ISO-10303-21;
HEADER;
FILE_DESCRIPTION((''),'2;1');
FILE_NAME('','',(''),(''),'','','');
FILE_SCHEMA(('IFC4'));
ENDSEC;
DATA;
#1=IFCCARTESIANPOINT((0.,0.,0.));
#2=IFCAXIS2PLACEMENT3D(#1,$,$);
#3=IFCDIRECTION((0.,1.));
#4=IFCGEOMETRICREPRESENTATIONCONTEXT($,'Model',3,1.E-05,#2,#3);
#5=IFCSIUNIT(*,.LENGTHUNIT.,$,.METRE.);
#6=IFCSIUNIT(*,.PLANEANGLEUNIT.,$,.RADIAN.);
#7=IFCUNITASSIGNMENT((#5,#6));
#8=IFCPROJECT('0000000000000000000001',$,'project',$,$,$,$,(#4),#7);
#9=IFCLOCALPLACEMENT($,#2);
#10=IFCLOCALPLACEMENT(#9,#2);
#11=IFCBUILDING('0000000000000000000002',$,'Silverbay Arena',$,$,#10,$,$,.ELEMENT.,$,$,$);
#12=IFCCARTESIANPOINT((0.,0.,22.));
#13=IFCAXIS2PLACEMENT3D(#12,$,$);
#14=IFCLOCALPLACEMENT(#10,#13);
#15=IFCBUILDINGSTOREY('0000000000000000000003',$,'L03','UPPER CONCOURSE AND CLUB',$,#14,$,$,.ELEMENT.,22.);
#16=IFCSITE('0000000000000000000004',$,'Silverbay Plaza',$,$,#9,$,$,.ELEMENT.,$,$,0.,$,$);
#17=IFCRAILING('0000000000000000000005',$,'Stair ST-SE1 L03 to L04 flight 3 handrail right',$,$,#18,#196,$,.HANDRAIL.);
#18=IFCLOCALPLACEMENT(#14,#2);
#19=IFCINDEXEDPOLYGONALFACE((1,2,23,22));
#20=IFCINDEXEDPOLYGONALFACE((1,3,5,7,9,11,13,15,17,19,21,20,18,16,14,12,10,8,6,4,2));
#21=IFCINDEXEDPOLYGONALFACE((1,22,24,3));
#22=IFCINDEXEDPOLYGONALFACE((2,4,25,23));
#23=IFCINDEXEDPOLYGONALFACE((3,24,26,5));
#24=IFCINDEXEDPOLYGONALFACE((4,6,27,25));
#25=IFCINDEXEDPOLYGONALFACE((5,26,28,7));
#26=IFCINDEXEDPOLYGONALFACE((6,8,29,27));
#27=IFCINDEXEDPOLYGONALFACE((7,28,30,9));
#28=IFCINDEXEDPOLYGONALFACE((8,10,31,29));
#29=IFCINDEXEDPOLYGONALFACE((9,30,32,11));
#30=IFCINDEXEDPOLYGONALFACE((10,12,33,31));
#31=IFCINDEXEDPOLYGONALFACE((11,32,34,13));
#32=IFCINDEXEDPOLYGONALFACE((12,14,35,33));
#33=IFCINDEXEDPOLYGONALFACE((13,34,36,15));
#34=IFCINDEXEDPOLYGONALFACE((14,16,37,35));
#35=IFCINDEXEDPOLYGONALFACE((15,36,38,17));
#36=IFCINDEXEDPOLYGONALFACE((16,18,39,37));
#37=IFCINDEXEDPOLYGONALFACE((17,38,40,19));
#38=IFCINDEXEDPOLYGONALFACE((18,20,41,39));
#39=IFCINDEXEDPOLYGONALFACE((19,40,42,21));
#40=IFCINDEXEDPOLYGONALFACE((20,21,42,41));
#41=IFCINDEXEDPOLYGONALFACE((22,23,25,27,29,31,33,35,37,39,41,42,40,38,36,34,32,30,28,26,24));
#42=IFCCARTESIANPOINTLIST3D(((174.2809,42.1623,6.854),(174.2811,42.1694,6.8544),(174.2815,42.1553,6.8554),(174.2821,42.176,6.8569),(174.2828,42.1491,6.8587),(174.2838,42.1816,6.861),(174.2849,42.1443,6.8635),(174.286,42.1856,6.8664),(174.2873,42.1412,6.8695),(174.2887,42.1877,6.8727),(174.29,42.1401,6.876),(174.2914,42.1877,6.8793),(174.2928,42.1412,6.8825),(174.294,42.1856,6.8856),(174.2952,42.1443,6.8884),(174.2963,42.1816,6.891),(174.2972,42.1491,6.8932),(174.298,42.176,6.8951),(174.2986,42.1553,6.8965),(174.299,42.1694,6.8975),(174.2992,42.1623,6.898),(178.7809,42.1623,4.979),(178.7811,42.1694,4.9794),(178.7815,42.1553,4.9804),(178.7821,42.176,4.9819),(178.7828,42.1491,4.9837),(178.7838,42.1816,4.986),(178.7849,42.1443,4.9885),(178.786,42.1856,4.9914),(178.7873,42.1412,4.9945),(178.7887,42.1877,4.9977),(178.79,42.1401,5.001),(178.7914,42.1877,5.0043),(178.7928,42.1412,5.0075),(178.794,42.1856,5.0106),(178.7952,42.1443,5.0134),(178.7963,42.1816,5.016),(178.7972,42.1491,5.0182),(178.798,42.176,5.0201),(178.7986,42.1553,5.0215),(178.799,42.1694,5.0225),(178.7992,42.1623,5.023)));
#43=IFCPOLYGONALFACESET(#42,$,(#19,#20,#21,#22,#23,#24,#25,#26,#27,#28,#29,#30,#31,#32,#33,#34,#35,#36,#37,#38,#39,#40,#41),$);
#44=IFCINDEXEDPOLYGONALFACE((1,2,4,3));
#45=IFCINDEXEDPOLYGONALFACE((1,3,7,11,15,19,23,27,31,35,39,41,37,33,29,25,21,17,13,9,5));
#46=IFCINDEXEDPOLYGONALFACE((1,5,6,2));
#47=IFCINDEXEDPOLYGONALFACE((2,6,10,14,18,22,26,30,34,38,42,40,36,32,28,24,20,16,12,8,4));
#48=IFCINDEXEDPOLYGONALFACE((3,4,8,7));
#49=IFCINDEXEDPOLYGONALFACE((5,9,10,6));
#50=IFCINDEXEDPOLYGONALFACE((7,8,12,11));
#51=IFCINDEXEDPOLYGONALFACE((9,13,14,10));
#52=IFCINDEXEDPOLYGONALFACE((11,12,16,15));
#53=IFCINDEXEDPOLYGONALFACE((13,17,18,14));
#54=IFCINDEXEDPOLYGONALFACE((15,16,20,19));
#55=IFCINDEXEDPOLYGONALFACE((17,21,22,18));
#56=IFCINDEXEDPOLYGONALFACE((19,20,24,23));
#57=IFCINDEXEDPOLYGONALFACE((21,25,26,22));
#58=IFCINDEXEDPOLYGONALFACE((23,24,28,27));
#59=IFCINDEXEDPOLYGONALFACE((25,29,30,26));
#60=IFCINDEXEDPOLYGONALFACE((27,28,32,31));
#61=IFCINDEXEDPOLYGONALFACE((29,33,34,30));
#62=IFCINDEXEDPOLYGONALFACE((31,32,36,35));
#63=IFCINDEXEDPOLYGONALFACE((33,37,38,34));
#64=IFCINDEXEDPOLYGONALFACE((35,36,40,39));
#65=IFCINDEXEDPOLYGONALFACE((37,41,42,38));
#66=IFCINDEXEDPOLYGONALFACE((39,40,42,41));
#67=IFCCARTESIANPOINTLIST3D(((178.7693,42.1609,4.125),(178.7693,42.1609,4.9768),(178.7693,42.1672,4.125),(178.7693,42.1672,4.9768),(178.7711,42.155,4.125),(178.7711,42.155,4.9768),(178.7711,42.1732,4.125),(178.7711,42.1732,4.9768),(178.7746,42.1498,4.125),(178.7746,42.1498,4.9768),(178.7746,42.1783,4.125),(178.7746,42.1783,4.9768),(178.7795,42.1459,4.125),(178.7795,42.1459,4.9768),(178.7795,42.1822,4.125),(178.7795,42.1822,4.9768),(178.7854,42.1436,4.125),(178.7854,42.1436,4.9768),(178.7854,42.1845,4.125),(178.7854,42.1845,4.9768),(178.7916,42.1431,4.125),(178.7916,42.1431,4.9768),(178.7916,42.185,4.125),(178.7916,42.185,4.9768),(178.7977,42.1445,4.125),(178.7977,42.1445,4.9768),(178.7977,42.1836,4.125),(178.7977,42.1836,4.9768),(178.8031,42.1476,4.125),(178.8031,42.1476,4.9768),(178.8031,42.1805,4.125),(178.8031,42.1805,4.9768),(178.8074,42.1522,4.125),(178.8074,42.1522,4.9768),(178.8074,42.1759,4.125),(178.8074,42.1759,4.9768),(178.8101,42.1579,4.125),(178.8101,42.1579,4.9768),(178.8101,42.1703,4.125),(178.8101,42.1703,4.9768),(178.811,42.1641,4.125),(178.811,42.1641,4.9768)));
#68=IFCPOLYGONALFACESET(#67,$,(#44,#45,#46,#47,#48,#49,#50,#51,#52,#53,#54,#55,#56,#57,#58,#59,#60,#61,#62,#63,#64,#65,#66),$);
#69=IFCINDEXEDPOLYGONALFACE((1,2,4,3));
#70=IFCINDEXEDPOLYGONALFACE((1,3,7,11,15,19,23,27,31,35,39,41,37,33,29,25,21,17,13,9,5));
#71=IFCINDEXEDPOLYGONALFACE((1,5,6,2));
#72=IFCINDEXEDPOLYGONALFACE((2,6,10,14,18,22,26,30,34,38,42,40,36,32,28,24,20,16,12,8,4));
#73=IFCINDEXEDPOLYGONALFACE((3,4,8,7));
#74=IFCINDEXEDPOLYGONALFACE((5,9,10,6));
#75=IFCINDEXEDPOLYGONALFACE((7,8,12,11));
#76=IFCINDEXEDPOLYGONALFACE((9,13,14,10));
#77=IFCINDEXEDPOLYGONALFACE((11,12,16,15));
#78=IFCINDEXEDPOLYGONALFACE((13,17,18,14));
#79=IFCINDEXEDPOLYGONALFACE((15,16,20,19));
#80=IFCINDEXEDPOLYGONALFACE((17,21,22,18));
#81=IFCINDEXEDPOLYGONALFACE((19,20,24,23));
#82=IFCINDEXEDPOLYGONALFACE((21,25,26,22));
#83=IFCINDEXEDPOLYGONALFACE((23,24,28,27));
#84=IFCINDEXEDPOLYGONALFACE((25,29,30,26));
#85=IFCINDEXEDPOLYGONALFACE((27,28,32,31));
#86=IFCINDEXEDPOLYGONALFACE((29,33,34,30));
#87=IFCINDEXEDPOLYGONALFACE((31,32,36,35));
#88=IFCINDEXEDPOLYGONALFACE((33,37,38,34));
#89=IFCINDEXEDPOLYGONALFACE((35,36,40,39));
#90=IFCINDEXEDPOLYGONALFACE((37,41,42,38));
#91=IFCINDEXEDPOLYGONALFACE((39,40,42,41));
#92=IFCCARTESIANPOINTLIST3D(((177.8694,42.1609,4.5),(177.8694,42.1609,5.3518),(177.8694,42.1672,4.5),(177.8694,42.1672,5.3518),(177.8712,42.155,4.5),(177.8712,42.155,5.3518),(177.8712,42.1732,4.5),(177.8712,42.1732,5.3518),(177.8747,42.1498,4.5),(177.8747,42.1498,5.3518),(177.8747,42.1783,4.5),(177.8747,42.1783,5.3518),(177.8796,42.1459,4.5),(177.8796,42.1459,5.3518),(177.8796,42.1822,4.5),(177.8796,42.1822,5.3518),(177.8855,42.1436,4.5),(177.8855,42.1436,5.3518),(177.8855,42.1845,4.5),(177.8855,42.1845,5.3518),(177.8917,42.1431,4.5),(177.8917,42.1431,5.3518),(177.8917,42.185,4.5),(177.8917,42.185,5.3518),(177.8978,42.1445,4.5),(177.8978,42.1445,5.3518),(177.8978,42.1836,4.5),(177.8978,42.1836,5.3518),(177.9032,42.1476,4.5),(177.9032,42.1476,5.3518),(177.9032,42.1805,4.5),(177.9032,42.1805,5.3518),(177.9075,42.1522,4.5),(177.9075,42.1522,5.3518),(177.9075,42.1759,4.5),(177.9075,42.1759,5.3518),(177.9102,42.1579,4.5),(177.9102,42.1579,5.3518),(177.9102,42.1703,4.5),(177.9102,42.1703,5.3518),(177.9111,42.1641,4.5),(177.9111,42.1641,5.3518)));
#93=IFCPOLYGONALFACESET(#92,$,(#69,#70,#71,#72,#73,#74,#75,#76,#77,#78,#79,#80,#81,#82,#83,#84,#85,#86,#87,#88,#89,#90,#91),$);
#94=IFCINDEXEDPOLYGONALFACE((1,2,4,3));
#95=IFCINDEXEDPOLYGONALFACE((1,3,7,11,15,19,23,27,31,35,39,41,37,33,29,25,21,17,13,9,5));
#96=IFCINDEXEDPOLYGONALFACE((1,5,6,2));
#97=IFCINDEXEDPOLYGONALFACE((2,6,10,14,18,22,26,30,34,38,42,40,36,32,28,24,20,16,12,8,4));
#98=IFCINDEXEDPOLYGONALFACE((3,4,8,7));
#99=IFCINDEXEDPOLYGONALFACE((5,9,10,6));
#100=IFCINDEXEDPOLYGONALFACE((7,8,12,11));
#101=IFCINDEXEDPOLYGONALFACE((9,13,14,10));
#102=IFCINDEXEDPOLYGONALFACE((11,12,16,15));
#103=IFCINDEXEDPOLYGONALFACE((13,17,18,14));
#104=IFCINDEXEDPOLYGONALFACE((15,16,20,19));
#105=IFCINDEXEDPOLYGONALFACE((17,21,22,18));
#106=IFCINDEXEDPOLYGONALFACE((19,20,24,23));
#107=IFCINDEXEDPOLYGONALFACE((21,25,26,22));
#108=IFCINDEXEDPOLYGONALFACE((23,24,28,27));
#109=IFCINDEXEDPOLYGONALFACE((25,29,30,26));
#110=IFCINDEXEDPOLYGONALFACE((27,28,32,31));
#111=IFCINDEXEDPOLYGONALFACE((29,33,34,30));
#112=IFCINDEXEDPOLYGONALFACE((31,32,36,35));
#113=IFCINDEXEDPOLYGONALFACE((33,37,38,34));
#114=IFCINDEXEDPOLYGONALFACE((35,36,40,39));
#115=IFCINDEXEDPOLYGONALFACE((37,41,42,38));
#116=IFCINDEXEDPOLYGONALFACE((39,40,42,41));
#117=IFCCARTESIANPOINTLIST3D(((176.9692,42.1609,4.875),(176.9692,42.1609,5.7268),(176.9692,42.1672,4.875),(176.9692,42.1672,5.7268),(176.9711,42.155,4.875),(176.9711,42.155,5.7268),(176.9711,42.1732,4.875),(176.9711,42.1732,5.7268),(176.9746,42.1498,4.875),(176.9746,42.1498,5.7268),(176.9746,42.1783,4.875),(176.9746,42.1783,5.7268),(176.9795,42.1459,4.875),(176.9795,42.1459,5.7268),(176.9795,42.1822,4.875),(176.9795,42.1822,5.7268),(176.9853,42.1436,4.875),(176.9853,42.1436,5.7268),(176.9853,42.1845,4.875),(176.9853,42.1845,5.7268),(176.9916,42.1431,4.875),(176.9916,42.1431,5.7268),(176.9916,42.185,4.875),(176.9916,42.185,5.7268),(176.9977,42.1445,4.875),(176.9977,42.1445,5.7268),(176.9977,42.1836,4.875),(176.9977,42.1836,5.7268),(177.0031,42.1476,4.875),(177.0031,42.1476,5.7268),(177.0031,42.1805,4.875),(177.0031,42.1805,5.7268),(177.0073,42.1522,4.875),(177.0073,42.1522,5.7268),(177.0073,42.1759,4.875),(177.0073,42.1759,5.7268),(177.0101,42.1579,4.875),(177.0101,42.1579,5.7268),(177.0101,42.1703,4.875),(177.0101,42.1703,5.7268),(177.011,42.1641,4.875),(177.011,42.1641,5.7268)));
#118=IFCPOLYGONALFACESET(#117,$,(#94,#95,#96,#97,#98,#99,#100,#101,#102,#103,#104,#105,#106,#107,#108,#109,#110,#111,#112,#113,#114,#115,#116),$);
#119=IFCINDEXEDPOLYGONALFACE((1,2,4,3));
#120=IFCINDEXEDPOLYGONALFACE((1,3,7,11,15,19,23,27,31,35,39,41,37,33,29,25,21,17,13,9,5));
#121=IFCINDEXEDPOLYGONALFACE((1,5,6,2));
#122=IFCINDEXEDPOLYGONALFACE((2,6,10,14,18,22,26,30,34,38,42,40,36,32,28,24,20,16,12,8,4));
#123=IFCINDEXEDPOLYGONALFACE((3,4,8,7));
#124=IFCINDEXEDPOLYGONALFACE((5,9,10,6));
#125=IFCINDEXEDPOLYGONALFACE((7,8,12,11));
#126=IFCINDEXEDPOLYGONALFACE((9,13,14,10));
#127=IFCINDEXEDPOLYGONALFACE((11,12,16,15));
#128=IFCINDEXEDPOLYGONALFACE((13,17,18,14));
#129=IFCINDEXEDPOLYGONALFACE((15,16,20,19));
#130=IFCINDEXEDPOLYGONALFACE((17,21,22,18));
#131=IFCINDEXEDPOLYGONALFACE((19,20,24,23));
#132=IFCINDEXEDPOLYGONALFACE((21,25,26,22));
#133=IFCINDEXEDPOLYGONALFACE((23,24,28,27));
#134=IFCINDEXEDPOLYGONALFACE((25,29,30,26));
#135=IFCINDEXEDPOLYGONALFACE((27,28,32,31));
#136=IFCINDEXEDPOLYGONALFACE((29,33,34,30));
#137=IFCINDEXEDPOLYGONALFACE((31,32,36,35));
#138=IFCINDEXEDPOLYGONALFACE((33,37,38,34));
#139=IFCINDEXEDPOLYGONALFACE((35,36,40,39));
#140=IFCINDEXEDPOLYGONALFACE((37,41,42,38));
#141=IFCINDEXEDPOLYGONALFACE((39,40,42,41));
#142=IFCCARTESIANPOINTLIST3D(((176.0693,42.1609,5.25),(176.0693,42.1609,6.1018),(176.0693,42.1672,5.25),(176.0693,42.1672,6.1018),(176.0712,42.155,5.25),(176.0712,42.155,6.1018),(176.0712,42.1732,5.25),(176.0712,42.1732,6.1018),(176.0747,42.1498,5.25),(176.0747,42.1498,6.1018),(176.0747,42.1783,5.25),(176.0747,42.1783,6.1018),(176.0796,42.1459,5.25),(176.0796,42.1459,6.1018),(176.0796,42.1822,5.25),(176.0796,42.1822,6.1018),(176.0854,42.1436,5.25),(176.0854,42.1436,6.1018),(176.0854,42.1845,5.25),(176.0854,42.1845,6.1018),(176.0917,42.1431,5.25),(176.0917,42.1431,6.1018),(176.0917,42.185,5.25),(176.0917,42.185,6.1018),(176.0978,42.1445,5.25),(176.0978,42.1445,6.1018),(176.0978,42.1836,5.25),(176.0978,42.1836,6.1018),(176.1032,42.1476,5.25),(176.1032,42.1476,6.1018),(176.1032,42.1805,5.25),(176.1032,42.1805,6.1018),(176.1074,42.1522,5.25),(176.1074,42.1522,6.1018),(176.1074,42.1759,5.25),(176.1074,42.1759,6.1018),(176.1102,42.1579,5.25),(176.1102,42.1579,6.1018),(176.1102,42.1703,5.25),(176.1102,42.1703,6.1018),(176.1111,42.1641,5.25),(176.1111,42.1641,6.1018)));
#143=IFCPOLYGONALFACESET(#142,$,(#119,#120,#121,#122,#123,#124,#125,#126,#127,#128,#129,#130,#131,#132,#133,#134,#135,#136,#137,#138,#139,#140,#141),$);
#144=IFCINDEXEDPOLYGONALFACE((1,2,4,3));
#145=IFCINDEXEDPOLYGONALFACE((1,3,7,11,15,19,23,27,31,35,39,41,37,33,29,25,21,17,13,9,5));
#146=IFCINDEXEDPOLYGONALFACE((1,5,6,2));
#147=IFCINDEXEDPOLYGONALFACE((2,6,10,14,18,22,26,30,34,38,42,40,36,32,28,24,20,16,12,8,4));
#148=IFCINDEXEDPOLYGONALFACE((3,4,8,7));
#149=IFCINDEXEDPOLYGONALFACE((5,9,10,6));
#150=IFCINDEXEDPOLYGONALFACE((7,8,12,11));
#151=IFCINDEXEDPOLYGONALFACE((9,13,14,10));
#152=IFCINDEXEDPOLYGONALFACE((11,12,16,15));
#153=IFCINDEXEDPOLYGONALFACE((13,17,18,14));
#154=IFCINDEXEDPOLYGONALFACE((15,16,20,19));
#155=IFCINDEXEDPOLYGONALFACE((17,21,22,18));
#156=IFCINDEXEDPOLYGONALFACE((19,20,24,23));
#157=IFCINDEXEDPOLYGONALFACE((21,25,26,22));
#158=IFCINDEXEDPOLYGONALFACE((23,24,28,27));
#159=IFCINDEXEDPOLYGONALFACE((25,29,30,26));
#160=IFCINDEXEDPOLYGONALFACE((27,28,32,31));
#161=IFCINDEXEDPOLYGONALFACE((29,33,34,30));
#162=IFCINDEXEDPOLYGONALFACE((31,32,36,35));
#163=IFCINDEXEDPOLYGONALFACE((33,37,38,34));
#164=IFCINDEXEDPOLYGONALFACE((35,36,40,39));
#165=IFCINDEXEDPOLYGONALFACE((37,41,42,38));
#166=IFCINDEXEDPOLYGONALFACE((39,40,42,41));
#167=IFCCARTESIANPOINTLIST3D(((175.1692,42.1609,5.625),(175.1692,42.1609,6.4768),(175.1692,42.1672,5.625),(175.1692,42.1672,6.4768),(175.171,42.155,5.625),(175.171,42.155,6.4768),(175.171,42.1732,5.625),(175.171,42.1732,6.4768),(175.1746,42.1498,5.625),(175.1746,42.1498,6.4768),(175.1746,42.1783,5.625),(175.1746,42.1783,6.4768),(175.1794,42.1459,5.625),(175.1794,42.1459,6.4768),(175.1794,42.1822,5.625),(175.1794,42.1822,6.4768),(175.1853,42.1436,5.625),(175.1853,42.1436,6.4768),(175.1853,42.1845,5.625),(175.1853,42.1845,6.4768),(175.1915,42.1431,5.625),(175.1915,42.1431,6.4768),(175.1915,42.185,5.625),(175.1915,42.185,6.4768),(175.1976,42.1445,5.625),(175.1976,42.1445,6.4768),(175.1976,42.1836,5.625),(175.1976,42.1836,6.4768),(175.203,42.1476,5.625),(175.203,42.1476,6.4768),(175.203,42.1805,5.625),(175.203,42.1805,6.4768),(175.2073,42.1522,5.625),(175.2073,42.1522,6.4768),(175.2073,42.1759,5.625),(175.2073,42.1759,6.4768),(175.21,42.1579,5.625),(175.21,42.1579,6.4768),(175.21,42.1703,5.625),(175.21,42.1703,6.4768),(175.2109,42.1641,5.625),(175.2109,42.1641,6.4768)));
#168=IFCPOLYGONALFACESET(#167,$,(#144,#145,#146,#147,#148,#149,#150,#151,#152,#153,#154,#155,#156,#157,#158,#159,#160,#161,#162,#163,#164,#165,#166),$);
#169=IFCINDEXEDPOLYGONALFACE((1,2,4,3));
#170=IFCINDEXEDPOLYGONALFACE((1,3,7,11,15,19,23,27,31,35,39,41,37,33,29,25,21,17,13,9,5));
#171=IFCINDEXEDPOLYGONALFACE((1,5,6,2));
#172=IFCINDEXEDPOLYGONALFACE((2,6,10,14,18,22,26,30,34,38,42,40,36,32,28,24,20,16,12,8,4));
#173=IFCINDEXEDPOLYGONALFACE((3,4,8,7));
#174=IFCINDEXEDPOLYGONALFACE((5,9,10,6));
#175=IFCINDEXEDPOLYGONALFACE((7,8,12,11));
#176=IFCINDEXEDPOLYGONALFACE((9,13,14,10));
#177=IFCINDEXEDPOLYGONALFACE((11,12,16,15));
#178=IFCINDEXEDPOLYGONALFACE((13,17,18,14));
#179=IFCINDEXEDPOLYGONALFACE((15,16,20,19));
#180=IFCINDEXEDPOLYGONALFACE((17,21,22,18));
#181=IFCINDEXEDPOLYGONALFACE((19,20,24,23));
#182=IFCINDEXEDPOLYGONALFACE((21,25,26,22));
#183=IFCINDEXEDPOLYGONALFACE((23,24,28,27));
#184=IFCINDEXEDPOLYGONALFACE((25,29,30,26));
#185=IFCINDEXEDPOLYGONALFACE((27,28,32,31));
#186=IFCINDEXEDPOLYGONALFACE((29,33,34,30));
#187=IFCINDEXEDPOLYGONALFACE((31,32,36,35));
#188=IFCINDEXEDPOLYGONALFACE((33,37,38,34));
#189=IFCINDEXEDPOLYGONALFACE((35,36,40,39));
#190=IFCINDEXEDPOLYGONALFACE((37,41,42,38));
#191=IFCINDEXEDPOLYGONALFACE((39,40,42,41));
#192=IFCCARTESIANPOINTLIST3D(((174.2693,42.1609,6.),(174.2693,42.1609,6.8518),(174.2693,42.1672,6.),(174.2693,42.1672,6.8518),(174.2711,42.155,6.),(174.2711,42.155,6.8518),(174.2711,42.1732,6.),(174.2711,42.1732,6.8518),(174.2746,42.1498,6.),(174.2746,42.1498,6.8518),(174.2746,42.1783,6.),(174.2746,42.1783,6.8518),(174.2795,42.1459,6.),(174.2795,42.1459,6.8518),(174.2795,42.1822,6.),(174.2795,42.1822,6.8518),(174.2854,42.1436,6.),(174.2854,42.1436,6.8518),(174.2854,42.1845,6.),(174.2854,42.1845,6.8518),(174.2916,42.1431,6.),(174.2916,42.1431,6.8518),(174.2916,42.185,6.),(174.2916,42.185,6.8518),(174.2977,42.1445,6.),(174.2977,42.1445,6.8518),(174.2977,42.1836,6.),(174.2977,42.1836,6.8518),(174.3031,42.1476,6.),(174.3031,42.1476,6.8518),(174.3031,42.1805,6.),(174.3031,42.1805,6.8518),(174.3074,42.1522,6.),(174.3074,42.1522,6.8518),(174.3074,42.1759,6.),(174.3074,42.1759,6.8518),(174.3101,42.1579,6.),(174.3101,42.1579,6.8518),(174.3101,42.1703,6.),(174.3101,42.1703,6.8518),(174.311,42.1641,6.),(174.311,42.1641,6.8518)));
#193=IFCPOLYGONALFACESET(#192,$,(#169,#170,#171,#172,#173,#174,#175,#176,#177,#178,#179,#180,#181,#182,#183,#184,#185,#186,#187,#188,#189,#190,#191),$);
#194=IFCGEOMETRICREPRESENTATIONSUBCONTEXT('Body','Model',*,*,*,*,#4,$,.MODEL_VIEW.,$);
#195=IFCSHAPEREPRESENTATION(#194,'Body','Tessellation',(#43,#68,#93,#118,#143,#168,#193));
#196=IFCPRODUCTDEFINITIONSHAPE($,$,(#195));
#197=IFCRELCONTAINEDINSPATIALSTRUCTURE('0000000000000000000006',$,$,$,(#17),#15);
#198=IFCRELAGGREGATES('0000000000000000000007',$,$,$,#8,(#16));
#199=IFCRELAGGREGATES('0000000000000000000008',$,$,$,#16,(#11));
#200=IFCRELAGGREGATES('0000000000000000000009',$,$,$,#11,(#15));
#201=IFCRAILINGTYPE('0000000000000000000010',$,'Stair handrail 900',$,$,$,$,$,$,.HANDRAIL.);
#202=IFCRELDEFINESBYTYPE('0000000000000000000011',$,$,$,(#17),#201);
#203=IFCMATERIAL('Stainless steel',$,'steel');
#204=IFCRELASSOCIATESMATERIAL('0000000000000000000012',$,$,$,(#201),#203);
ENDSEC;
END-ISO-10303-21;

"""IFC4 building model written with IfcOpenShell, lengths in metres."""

from ifc_helpers import new_model, si_unit, direction, frame, origin, origin_2d, place, context, subcontext, project, spatial, circle, extrude, material, type_object, element, save


model = new_model("IFC4")

# Units and contexts
model_context = context("Model", 3, precision=1e-05, world=origin(), true_north=direction((0.0, 1.0)))
body_context = subcontext(model_context, "Body", "Model", "MODEL_VIEW")
ifc_project = project(units=[si_unit("LENGTHUNIT", "METRE"), si_unit("PLANEANGLEUNIT", "RADIAN")], contexts=[model_context])

# Site, building, storey
site_placement = place(None, origin())
site = spatial("IfcSite", under=ifc_project, at=site_placement, Name="Silverbay Plaza", CompositionType="ELEMENT", RefElevation=0.0)
building_placement = place(site_placement, origin())
building = spatial("IfcBuilding", under=site, at=building_placement, Name="Silverbay Arena", CompositionType="ELEMENT")
storey_placement = place(building_placement, frame((0.0, 0.0, 22.0)))
storey = spatial("IfcBuildingStorey", under=building, at=storey_placement, Name="L03", Description="UPPER CONCOURSE AND CLUB", CompositionType="ELEMENT", Elevation=22.0)

# Railing
ifc_material_1 = material(Name="Stainless steel", Category="steel")
railing_type_1 = type_object("IfcRailingType", Name="Stair handrail 900", PredefinedType="HANDRAIL", material=ifc_material_1)
for number, where, name in (
    (1, (178.79, 42.1641, 4.125), "Stair ST-SE1 L03 to L04 flight 3 handrail right"),
):
    element("IfcRailing", number, at=place(storey_placement, frame(where)), inside=storey, type_object=railing_type_1, Name=name, PredefinedType="HANDRAIL", context=body_context, shape_type="SweptSolid", body=[
        extrude(circle(Radius=0.0239, at=origin_2d()), frame((0.0, 0.0, 0.876), z_axis=(-0.923077, 0.0, 0.384615), x_axis=(0.0, -1.0, 0.0)), (0.0, 0.0, 1.0), 4.875),
        extrude(circle(Radius=0.021, at=origin_2d()), origin(), (0.0, 0.0, 1.0), 0.8518),
        extrude(circle(Radius=0.021, at=origin_2d()), frame((-0.8999, 0.0, 0.375)), (0.0, 0.0, 1.0), 0.8518),
        extrude(circle(Radius=0.021, at=origin_2d()), frame((-1.8, 0.0, 0.75)), (0.0, 0.0, 1.0), 0.8518),
        extrude(circle(Radius=0.021, at=origin_2d()), frame((-2.7, 0.0, 1.125)), (0.0, 0.0, 1.0), 0.8518),
        extrude(circle(Radius=0.021, at=origin_2d()), frame((-3.6001, 0.0, 1.5)), (0.0, 0.0, 1.0), 0.8518),
        extrude(circle(Radius=0.021, at=origin_2d()), frame((-4.5, 0.0, 1.875)), (0.0, 0.0, 1.0), 0.8518),
    ])

save(model, "model.ifc")
